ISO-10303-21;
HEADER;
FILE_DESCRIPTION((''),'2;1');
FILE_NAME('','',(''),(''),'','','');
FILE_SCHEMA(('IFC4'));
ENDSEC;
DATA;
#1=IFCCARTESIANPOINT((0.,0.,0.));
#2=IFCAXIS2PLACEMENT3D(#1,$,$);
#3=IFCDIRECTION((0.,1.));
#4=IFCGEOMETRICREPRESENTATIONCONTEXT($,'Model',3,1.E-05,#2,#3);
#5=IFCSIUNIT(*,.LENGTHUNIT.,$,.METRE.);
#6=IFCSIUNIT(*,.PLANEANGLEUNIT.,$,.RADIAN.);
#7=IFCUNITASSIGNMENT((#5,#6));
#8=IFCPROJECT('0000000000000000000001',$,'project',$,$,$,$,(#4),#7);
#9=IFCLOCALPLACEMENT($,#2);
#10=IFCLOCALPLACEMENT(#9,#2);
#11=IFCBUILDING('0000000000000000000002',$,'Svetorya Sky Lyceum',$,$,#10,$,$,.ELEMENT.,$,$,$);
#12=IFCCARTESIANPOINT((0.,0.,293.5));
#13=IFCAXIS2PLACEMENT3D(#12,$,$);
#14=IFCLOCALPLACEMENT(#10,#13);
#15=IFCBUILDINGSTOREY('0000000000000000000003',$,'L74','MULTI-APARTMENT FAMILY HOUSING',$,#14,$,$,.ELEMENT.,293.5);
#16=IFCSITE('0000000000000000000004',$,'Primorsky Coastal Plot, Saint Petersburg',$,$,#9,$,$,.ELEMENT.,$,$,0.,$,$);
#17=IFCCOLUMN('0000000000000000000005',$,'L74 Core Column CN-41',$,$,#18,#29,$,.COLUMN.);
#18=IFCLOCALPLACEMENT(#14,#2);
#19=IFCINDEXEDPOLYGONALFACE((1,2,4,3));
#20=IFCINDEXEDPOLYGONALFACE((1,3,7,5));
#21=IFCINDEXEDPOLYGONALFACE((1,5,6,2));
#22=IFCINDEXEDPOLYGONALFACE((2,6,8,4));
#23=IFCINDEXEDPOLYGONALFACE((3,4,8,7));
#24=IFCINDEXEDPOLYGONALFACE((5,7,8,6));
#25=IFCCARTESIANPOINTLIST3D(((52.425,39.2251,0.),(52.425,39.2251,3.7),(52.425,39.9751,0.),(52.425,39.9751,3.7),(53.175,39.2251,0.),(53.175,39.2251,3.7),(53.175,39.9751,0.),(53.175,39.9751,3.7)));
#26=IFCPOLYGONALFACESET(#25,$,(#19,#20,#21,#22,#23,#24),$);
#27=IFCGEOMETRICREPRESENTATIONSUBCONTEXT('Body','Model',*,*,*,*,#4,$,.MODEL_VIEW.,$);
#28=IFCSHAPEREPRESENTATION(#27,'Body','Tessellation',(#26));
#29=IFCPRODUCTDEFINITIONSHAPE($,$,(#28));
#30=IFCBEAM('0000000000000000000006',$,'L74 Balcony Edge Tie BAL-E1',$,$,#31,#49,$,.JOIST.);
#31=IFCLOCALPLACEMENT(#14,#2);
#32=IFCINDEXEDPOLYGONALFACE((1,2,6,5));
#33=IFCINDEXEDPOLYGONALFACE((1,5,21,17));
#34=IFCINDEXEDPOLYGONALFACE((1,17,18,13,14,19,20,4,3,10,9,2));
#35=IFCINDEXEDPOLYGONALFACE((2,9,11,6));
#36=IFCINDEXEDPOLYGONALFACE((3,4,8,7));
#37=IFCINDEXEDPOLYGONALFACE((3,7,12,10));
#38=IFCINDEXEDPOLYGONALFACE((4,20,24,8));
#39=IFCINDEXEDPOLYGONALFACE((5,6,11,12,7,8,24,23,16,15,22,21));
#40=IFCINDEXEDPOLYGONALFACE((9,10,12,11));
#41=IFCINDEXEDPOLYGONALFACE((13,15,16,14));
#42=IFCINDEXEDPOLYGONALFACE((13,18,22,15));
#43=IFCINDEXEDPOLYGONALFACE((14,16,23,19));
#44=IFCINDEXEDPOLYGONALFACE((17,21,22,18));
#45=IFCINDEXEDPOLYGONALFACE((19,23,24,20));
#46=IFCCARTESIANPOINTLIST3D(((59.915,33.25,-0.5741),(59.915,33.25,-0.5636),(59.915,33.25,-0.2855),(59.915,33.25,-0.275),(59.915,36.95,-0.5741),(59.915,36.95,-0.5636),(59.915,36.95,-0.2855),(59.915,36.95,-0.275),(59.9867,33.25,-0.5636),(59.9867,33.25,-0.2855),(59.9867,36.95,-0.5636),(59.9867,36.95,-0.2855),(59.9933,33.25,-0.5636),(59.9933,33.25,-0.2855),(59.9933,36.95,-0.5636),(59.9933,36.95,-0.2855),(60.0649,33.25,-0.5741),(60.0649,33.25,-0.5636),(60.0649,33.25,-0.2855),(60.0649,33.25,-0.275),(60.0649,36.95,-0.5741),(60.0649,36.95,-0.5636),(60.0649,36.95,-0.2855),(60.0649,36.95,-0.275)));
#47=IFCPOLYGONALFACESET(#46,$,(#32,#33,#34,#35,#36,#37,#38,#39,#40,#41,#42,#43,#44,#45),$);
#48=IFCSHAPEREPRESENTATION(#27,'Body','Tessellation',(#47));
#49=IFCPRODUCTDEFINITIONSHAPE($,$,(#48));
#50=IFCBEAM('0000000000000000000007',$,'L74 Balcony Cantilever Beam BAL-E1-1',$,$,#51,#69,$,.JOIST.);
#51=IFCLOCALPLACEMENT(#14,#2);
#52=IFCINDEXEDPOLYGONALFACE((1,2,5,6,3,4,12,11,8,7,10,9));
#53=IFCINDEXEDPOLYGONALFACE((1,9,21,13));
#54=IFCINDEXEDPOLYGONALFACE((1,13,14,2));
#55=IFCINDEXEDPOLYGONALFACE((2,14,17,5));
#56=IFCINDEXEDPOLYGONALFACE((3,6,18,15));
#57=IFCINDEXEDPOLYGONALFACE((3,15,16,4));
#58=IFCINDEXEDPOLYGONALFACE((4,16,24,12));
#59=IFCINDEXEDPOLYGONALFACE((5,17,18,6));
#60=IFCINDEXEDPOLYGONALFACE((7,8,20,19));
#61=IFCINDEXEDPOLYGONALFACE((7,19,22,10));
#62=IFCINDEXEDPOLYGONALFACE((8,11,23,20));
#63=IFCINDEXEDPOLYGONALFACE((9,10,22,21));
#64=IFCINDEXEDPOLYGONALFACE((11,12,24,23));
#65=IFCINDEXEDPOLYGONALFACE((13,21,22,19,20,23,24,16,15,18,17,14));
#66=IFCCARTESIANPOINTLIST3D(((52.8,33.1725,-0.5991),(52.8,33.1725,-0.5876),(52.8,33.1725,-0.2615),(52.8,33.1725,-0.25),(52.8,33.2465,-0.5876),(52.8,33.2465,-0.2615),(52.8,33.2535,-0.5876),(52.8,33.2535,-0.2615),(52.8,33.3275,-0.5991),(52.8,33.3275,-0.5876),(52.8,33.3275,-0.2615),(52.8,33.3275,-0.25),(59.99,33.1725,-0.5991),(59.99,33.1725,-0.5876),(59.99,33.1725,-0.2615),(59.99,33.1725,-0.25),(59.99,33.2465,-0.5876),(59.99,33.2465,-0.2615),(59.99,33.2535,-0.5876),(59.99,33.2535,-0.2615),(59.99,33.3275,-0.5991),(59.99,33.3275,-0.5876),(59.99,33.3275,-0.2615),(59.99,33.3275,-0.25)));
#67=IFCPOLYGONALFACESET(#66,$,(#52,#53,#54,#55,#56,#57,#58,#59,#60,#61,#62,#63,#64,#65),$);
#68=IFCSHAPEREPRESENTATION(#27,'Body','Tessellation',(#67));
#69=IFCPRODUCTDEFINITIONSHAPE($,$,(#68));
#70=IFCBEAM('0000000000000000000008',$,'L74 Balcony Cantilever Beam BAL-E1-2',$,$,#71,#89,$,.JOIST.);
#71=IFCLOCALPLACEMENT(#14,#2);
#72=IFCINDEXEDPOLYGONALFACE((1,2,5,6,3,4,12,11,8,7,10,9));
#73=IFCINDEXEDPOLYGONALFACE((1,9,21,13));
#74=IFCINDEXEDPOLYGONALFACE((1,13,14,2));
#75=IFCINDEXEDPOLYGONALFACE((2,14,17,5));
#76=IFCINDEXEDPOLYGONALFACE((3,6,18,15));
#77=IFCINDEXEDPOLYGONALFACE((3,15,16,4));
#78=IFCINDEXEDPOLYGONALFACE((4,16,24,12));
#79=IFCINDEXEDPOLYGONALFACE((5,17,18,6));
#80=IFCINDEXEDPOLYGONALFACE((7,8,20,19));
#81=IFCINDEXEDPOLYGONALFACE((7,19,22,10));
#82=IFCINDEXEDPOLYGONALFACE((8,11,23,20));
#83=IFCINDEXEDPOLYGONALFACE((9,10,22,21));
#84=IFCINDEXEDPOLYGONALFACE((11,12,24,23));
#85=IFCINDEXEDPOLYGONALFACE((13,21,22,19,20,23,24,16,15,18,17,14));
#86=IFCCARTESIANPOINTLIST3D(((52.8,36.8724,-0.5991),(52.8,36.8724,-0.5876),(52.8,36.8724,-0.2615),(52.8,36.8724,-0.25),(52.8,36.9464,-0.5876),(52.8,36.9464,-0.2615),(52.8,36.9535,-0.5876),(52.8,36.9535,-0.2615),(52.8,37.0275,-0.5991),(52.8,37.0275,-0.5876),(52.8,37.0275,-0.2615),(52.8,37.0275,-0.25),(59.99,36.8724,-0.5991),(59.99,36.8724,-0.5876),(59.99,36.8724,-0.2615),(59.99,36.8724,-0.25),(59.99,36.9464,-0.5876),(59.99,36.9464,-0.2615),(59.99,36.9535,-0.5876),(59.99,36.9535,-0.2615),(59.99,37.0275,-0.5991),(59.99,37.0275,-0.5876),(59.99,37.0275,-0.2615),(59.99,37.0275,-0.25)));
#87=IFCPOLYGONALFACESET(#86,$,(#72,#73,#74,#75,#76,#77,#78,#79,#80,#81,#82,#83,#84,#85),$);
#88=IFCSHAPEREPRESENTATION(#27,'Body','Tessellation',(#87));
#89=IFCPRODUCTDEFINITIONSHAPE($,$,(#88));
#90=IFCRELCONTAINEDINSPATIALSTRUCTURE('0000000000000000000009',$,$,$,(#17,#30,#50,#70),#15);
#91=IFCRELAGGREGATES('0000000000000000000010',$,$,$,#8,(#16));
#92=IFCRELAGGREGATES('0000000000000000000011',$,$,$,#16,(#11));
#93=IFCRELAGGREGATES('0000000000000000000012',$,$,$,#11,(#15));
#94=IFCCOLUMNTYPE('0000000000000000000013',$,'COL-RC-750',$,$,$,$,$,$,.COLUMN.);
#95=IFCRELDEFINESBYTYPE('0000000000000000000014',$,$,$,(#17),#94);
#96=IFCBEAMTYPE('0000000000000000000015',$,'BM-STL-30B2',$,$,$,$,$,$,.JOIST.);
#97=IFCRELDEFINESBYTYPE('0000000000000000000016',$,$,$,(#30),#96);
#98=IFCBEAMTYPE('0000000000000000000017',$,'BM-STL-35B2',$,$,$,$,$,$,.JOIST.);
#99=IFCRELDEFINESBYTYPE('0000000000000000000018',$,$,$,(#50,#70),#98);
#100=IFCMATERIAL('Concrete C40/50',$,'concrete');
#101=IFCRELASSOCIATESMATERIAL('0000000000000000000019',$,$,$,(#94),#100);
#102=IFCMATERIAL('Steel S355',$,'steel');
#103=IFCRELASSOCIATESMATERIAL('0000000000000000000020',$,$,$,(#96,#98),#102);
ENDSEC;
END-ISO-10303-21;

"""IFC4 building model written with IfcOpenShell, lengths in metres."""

from ifc_helpers import new_model, si_unit, direction, frame, origin, origin_2d, place, context, subcontext, project, spatial, rectangle, i_section, extrude, material, material_profile, profile_set, type_object, element, save


model = new_model("IFC4")

# Units and contexts
model_context = context("Model", 3, precision=1e-05, world=origin(), true_north=direction((0.0, 1.0)))
body_context = subcontext(model_context, "Body", "Model", "MODEL_VIEW")
ifc_project = project(units=[si_unit("LENGTHUNIT", "METRE"), si_unit("PLANEANGLEUNIT", "RADIAN")], contexts=[model_context])

# Site, building, storey
site_placement = place(None, origin())
site = spatial("IfcSite", under=ifc_project, at=site_placement, Name="Primorsky Coastal Plot, Saint Petersburg", CompositionType="ELEMENT", RefElevation=0.0)
building_placement = place(site_placement, origin())
building = spatial("IfcBuilding", under=site, at=building_placement, Name="Svetorya Sky Lyceum", CompositionType="ELEMENT")
storey_placement = place(building_placement, frame((0.0, 0.0, 293.5)))
storey = spatial("IfcBuildingStorey", under=building, at=storey_placement, Name="L74", Description="MULTI-APARTMENT FAMILY HOUSING", CompositionType="ELEMENT", Elevation=293.5)

# Column
ifc_material_1 = material(Name="Concrete C40/50", Category="concrete")
ifc_material_profile_1 = material_profile(ifc_material_1, rectangle(XDim=0.75, YDim=0.75, at=origin_2d()), Name="RC COL 750x750")
ifc_profile_set_1 = profile_set([ifc_material_profile_1], Name="Concrete C40/50")
column_type = type_object("IfcColumnType", Name="COL-RC-750", PredefinedType="COLUMN", material=ifc_profile_set_1)
column_placement = place(storey_placement, frame((52.8, 39.6001, 0.0), z_axis=(0.0, 0.0, 1.0), x_axis=(1.0, 0.0, 0.0)))
element("IfcColumn", 1, at=column_placement, inside=storey, type_object=column_type, Name="L74 Core Column CN-41", PredefinedType="COLUMN", context=body_context, shape_type="SweptSolid", body=[
    extrude(rectangle(XDim=0.75, YDim=0.75, at=origin_2d()), origin(), (0.0, 0.0, 1.0), 3.7),
])

# Beams
ifc_material_2 = material(Name="Steel S355", Category="steel")
ifc_material_profile_2 = material_profile(ifc_material_2, i_section(OverallWidth=0.1499, OverallDepth=0.2991, WebThickness=0.0066, FlangeThickness=0.0105, at=origin_2d()), Name="GOST 30B2")
ifc_profile_set_2 = profile_set([ifc_material_profile_2], Name="Steel S355")
beam_type_1 = type_object("IfcBeamType", Name="BM-STL-30B2", PredefinedType="JOIST", material=ifc_profile_set_2)
beam_placement = place(storey_placement, frame((59.99, 33.25, -0.4246), z_axis=(0.0, 1.0, 0.0), x_axis=(-1.0, 0.0, 0.0)))
element("IfcBeam", 2, at=beam_placement, inside=storey, type_object=beam_type_1, Name="L74 Balcony Edge Tie BAL-E1", PredefinedType="JOIST", context=body_context, shape_type="SweptSolid", body=[
    extrude(i_section(OverallWidth=0.1499, OverallDepth=0.2991, WebThickness=0.0066, FlangeThickness=0.0105, at=origin_2d()), origin(), (0.0, 0.0, 1.0), 3.7),
])
ifc_material_profile_3 = material_profile(ifc_material_2, i_section(OverallWidth=0.155, OverallDepth=0.3491, WebThickness=0.0071, FlangeThickness=0.0115, at=origin_2d()), Name="GOST 35B2")
ifc_profile_set_3 = profile_set([ifc_material_profile_3], Name="Steel S355")
beam_type_2 = type_object("IfcBeamType", Name="BM-STL-35B2", PredefinedType="JOIST", material=ifc_profile_set_3)
for number, where, z_axis, x_axis, name in (
    (3, (52.8, 33.25, -0.4246), (1.0, 0.0, 0.0), (0.0, 1.0, 0.0), "L74 Balcony Cantilever Beam BAL-E1-1"),
    (4, (52.8, 36.95, -0.4246), (1.0, 0.0, 0.0), (0.0, 1.0, 0.0), "L74 Balcony Cantilever Beam BAL-E1-2"),
):
    element("IfcBeam", number, at=place(storey_placement, frame(where, z_axis=z_axis, x_axis=x_axis)), inside=storey, type_object=beam_type_2, Name=name, PredefinedType="JOIST", context=body_context, shape_type="SweptSolid", body=[
        extrude(i_section(OverallWidth=0.155, OverallDepth=0.3491, WebThickness=0.0071, FlangeThickness=0.0115, at=origin_2d()), origin(), (0.0, 0.0, 1.0), 7.1899),
    ])

save(model, "model.ifc")
